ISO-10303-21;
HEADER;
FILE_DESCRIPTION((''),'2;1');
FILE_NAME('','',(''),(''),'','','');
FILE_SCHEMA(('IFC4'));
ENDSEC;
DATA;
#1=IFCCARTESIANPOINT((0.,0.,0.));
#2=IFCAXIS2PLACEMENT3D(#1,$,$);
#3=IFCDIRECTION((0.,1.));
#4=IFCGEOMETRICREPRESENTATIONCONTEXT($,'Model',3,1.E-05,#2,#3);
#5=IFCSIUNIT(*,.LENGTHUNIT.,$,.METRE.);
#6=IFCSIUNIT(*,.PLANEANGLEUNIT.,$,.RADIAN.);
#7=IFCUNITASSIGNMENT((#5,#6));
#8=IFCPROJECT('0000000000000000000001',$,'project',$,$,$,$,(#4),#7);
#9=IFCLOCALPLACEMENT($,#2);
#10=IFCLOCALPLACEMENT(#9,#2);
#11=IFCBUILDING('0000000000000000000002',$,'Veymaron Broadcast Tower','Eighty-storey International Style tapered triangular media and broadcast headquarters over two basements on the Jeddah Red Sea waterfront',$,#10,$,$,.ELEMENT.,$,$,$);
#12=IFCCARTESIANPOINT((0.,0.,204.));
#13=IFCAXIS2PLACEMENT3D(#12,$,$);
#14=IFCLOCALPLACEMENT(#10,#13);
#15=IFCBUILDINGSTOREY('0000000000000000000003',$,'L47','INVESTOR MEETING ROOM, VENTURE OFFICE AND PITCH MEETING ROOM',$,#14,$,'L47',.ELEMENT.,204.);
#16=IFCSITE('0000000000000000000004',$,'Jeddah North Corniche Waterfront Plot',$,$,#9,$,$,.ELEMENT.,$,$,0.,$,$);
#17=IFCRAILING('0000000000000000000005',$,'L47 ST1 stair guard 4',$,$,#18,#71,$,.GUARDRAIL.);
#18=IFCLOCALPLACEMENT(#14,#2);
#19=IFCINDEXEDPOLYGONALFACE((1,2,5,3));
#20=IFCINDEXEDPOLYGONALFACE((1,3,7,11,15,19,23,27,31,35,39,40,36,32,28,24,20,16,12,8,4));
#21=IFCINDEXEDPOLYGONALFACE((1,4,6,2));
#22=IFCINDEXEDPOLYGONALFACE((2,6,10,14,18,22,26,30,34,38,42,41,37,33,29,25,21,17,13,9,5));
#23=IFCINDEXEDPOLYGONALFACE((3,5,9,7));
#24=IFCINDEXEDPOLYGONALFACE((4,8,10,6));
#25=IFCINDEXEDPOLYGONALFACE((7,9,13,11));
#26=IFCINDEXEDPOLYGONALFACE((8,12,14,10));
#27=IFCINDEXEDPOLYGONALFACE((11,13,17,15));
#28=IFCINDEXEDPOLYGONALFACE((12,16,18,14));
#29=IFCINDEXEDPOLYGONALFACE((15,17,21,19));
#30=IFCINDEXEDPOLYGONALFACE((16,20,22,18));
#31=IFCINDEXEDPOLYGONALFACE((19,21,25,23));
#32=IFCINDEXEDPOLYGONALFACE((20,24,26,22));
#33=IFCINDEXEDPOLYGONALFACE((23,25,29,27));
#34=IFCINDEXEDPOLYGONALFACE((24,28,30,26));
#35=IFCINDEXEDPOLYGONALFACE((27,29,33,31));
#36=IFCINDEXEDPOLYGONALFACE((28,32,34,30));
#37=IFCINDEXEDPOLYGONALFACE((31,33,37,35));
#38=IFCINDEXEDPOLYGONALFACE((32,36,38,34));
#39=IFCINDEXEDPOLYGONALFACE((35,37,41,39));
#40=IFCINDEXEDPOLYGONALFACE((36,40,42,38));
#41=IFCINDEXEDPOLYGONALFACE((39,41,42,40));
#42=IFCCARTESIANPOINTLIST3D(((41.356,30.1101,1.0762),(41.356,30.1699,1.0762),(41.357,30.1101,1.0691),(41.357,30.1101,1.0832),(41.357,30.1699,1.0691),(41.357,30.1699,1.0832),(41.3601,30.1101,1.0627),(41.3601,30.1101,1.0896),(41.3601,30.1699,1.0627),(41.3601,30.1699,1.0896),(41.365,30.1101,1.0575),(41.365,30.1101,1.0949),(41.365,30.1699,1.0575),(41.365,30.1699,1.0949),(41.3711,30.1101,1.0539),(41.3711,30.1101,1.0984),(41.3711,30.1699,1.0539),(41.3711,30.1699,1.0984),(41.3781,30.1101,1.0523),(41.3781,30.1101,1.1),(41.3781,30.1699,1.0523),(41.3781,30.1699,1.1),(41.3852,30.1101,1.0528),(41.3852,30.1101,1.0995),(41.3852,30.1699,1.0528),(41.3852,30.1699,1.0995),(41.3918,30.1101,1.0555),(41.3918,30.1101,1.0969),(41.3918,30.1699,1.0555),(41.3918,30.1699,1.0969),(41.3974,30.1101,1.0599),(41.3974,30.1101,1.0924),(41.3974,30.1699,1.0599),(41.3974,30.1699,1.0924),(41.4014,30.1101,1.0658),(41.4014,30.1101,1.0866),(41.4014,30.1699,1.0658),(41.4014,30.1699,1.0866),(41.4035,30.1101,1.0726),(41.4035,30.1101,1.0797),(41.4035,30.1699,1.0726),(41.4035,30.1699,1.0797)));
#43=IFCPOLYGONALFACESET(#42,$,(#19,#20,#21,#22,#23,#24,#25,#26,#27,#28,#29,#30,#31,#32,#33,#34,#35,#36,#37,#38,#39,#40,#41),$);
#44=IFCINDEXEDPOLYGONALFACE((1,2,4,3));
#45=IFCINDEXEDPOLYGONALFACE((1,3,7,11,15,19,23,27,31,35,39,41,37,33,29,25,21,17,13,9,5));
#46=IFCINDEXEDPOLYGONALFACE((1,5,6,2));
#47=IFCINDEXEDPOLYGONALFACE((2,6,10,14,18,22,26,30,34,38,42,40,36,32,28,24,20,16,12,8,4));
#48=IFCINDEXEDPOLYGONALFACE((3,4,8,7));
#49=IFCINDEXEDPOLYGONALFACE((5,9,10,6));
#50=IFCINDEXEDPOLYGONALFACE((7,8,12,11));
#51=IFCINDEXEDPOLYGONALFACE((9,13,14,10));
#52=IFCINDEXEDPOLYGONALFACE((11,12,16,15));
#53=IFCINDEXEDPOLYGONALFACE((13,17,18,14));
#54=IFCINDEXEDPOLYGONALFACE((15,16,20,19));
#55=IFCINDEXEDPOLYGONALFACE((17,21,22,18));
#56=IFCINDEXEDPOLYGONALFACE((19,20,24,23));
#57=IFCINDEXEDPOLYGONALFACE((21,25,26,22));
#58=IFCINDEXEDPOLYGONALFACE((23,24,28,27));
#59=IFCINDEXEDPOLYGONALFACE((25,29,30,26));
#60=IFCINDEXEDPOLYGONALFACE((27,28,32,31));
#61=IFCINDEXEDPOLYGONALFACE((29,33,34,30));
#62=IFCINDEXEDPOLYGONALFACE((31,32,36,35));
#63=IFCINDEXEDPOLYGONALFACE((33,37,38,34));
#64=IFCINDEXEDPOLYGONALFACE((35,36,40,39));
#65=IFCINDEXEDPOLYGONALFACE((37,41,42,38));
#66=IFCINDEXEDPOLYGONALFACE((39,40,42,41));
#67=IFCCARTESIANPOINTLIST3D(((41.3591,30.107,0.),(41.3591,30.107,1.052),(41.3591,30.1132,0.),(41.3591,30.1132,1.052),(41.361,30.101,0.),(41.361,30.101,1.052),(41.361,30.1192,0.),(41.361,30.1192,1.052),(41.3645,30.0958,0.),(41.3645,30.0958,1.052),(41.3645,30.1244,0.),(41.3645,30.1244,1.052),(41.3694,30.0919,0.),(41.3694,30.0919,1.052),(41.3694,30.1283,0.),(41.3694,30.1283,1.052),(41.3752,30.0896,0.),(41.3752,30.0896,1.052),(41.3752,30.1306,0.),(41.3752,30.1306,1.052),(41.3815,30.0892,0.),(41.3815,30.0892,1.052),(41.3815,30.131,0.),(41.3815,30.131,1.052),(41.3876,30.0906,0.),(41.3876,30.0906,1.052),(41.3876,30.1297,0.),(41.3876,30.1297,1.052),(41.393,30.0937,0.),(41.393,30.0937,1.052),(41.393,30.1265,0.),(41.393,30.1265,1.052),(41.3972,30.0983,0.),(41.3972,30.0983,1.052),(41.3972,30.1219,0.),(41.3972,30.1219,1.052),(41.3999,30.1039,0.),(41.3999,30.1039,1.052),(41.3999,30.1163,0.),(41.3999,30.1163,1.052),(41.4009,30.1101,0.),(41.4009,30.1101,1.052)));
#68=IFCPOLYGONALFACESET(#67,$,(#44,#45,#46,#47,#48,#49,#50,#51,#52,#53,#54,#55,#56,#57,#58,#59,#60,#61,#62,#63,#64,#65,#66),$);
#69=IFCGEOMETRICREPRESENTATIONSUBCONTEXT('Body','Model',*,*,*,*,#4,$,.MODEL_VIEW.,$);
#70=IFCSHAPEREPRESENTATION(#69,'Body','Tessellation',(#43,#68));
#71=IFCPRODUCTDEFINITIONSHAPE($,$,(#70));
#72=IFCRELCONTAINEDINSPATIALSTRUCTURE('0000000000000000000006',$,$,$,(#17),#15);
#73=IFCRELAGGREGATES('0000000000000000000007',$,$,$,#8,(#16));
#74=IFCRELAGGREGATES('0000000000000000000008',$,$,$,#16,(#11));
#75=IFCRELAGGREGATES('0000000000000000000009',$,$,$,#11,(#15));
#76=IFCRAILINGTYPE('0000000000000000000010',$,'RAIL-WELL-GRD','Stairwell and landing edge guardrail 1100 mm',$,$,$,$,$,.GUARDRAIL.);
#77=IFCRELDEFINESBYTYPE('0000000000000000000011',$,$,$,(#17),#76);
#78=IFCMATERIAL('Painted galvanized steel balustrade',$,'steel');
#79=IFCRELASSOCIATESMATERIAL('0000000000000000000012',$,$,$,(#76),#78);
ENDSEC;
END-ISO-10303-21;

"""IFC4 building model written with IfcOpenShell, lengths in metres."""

from ifc_helpers import new_model, si_unit, direction, frame, origin, origin_2d, place, context, subcontext, project, spatial, circle, extrude, material, type_object, element, save


model = new_model("IFC4")

# Units and contexts
model_context = context("Model", 3, precision=1e-05, world=origin(), true_north=direction((0.0, 1.0)))
body_context = subcontext(model_context, "Body", "Model", "MODEL_VIEW")
ifc_project = project(units=[si_unit("LENGTHUNIT", "METRE"), si_unit("PLANEANGLEUNIT", "RADIAN")], contexts=[model_context])

# Site, building, storey
site_placement = place(None, origin())
site = spatial("IfcSite", under=ifc_project, at=site_placement, Name="Jeddah North Corniche Waterfront Plot", CompositionType="ELEMENT", RefElevation=0.0)
building_placement = place(site_placement, origin())
building = spatial("IfcBuilding", under=site, at=building_placement, Name="Veymaron Broadcast Tower", Description="Eighty-storey International Style tapered triangular media and broadcast headquarters over two basements on the Jeddah Red Sea waterfront", CompositionType="ELEMENT")
storey_placement = place(building_placement, frame((0.0, 0.0, 204.0)))
storey = spatial("IfcBuildingStorey", under=building, at=storey_placement, Name="L47", Description="INVESTOR MEETING ROOM, VENTURE OFFICE AND PITCH MEETING ROOM", LongName="L47", CompositionType="ELEMENT", Elevation=204.0)

# Railing
ifc_material_1 = material(Name="Painted galvanized steel balustrade", Category="steel")
railing_type_1 = type_object("IfcRailingType", Name="RAIL-WELL-GRD", Description="Stairwell and landing edge guardrail 1100 mm", PredefinedType="GUARDRAIL", material=ifc_material_1)
railing_1_placement = place(storey_placement, frame((41.3799, 30.1101, 0.0)))
element("IfcRailing", 1, at=railing_1_placement, inside=storey, type_object=railing_type_1, Name="L47 ST1 stair guard 4", PredefinedType="GUARDRAIL", context=body_context, shape_type="SweptSolid", body=[
    extrude(circle(Radius=0.0239, at=origin_2d()), frame((0.0, 0.0, 1.0762), z_axis=(0.0, 1.0, 0.0), x_axis=(-1.0, 0.0, 0.0)), (0.0, 0.0, 1.0), 0.0598),
    extrude(circle(Radius=0.021, at=origin_2d()), origin(), (0.0, 0.0, 1.0), 1.052),
])

save(model, "model.ifc")
